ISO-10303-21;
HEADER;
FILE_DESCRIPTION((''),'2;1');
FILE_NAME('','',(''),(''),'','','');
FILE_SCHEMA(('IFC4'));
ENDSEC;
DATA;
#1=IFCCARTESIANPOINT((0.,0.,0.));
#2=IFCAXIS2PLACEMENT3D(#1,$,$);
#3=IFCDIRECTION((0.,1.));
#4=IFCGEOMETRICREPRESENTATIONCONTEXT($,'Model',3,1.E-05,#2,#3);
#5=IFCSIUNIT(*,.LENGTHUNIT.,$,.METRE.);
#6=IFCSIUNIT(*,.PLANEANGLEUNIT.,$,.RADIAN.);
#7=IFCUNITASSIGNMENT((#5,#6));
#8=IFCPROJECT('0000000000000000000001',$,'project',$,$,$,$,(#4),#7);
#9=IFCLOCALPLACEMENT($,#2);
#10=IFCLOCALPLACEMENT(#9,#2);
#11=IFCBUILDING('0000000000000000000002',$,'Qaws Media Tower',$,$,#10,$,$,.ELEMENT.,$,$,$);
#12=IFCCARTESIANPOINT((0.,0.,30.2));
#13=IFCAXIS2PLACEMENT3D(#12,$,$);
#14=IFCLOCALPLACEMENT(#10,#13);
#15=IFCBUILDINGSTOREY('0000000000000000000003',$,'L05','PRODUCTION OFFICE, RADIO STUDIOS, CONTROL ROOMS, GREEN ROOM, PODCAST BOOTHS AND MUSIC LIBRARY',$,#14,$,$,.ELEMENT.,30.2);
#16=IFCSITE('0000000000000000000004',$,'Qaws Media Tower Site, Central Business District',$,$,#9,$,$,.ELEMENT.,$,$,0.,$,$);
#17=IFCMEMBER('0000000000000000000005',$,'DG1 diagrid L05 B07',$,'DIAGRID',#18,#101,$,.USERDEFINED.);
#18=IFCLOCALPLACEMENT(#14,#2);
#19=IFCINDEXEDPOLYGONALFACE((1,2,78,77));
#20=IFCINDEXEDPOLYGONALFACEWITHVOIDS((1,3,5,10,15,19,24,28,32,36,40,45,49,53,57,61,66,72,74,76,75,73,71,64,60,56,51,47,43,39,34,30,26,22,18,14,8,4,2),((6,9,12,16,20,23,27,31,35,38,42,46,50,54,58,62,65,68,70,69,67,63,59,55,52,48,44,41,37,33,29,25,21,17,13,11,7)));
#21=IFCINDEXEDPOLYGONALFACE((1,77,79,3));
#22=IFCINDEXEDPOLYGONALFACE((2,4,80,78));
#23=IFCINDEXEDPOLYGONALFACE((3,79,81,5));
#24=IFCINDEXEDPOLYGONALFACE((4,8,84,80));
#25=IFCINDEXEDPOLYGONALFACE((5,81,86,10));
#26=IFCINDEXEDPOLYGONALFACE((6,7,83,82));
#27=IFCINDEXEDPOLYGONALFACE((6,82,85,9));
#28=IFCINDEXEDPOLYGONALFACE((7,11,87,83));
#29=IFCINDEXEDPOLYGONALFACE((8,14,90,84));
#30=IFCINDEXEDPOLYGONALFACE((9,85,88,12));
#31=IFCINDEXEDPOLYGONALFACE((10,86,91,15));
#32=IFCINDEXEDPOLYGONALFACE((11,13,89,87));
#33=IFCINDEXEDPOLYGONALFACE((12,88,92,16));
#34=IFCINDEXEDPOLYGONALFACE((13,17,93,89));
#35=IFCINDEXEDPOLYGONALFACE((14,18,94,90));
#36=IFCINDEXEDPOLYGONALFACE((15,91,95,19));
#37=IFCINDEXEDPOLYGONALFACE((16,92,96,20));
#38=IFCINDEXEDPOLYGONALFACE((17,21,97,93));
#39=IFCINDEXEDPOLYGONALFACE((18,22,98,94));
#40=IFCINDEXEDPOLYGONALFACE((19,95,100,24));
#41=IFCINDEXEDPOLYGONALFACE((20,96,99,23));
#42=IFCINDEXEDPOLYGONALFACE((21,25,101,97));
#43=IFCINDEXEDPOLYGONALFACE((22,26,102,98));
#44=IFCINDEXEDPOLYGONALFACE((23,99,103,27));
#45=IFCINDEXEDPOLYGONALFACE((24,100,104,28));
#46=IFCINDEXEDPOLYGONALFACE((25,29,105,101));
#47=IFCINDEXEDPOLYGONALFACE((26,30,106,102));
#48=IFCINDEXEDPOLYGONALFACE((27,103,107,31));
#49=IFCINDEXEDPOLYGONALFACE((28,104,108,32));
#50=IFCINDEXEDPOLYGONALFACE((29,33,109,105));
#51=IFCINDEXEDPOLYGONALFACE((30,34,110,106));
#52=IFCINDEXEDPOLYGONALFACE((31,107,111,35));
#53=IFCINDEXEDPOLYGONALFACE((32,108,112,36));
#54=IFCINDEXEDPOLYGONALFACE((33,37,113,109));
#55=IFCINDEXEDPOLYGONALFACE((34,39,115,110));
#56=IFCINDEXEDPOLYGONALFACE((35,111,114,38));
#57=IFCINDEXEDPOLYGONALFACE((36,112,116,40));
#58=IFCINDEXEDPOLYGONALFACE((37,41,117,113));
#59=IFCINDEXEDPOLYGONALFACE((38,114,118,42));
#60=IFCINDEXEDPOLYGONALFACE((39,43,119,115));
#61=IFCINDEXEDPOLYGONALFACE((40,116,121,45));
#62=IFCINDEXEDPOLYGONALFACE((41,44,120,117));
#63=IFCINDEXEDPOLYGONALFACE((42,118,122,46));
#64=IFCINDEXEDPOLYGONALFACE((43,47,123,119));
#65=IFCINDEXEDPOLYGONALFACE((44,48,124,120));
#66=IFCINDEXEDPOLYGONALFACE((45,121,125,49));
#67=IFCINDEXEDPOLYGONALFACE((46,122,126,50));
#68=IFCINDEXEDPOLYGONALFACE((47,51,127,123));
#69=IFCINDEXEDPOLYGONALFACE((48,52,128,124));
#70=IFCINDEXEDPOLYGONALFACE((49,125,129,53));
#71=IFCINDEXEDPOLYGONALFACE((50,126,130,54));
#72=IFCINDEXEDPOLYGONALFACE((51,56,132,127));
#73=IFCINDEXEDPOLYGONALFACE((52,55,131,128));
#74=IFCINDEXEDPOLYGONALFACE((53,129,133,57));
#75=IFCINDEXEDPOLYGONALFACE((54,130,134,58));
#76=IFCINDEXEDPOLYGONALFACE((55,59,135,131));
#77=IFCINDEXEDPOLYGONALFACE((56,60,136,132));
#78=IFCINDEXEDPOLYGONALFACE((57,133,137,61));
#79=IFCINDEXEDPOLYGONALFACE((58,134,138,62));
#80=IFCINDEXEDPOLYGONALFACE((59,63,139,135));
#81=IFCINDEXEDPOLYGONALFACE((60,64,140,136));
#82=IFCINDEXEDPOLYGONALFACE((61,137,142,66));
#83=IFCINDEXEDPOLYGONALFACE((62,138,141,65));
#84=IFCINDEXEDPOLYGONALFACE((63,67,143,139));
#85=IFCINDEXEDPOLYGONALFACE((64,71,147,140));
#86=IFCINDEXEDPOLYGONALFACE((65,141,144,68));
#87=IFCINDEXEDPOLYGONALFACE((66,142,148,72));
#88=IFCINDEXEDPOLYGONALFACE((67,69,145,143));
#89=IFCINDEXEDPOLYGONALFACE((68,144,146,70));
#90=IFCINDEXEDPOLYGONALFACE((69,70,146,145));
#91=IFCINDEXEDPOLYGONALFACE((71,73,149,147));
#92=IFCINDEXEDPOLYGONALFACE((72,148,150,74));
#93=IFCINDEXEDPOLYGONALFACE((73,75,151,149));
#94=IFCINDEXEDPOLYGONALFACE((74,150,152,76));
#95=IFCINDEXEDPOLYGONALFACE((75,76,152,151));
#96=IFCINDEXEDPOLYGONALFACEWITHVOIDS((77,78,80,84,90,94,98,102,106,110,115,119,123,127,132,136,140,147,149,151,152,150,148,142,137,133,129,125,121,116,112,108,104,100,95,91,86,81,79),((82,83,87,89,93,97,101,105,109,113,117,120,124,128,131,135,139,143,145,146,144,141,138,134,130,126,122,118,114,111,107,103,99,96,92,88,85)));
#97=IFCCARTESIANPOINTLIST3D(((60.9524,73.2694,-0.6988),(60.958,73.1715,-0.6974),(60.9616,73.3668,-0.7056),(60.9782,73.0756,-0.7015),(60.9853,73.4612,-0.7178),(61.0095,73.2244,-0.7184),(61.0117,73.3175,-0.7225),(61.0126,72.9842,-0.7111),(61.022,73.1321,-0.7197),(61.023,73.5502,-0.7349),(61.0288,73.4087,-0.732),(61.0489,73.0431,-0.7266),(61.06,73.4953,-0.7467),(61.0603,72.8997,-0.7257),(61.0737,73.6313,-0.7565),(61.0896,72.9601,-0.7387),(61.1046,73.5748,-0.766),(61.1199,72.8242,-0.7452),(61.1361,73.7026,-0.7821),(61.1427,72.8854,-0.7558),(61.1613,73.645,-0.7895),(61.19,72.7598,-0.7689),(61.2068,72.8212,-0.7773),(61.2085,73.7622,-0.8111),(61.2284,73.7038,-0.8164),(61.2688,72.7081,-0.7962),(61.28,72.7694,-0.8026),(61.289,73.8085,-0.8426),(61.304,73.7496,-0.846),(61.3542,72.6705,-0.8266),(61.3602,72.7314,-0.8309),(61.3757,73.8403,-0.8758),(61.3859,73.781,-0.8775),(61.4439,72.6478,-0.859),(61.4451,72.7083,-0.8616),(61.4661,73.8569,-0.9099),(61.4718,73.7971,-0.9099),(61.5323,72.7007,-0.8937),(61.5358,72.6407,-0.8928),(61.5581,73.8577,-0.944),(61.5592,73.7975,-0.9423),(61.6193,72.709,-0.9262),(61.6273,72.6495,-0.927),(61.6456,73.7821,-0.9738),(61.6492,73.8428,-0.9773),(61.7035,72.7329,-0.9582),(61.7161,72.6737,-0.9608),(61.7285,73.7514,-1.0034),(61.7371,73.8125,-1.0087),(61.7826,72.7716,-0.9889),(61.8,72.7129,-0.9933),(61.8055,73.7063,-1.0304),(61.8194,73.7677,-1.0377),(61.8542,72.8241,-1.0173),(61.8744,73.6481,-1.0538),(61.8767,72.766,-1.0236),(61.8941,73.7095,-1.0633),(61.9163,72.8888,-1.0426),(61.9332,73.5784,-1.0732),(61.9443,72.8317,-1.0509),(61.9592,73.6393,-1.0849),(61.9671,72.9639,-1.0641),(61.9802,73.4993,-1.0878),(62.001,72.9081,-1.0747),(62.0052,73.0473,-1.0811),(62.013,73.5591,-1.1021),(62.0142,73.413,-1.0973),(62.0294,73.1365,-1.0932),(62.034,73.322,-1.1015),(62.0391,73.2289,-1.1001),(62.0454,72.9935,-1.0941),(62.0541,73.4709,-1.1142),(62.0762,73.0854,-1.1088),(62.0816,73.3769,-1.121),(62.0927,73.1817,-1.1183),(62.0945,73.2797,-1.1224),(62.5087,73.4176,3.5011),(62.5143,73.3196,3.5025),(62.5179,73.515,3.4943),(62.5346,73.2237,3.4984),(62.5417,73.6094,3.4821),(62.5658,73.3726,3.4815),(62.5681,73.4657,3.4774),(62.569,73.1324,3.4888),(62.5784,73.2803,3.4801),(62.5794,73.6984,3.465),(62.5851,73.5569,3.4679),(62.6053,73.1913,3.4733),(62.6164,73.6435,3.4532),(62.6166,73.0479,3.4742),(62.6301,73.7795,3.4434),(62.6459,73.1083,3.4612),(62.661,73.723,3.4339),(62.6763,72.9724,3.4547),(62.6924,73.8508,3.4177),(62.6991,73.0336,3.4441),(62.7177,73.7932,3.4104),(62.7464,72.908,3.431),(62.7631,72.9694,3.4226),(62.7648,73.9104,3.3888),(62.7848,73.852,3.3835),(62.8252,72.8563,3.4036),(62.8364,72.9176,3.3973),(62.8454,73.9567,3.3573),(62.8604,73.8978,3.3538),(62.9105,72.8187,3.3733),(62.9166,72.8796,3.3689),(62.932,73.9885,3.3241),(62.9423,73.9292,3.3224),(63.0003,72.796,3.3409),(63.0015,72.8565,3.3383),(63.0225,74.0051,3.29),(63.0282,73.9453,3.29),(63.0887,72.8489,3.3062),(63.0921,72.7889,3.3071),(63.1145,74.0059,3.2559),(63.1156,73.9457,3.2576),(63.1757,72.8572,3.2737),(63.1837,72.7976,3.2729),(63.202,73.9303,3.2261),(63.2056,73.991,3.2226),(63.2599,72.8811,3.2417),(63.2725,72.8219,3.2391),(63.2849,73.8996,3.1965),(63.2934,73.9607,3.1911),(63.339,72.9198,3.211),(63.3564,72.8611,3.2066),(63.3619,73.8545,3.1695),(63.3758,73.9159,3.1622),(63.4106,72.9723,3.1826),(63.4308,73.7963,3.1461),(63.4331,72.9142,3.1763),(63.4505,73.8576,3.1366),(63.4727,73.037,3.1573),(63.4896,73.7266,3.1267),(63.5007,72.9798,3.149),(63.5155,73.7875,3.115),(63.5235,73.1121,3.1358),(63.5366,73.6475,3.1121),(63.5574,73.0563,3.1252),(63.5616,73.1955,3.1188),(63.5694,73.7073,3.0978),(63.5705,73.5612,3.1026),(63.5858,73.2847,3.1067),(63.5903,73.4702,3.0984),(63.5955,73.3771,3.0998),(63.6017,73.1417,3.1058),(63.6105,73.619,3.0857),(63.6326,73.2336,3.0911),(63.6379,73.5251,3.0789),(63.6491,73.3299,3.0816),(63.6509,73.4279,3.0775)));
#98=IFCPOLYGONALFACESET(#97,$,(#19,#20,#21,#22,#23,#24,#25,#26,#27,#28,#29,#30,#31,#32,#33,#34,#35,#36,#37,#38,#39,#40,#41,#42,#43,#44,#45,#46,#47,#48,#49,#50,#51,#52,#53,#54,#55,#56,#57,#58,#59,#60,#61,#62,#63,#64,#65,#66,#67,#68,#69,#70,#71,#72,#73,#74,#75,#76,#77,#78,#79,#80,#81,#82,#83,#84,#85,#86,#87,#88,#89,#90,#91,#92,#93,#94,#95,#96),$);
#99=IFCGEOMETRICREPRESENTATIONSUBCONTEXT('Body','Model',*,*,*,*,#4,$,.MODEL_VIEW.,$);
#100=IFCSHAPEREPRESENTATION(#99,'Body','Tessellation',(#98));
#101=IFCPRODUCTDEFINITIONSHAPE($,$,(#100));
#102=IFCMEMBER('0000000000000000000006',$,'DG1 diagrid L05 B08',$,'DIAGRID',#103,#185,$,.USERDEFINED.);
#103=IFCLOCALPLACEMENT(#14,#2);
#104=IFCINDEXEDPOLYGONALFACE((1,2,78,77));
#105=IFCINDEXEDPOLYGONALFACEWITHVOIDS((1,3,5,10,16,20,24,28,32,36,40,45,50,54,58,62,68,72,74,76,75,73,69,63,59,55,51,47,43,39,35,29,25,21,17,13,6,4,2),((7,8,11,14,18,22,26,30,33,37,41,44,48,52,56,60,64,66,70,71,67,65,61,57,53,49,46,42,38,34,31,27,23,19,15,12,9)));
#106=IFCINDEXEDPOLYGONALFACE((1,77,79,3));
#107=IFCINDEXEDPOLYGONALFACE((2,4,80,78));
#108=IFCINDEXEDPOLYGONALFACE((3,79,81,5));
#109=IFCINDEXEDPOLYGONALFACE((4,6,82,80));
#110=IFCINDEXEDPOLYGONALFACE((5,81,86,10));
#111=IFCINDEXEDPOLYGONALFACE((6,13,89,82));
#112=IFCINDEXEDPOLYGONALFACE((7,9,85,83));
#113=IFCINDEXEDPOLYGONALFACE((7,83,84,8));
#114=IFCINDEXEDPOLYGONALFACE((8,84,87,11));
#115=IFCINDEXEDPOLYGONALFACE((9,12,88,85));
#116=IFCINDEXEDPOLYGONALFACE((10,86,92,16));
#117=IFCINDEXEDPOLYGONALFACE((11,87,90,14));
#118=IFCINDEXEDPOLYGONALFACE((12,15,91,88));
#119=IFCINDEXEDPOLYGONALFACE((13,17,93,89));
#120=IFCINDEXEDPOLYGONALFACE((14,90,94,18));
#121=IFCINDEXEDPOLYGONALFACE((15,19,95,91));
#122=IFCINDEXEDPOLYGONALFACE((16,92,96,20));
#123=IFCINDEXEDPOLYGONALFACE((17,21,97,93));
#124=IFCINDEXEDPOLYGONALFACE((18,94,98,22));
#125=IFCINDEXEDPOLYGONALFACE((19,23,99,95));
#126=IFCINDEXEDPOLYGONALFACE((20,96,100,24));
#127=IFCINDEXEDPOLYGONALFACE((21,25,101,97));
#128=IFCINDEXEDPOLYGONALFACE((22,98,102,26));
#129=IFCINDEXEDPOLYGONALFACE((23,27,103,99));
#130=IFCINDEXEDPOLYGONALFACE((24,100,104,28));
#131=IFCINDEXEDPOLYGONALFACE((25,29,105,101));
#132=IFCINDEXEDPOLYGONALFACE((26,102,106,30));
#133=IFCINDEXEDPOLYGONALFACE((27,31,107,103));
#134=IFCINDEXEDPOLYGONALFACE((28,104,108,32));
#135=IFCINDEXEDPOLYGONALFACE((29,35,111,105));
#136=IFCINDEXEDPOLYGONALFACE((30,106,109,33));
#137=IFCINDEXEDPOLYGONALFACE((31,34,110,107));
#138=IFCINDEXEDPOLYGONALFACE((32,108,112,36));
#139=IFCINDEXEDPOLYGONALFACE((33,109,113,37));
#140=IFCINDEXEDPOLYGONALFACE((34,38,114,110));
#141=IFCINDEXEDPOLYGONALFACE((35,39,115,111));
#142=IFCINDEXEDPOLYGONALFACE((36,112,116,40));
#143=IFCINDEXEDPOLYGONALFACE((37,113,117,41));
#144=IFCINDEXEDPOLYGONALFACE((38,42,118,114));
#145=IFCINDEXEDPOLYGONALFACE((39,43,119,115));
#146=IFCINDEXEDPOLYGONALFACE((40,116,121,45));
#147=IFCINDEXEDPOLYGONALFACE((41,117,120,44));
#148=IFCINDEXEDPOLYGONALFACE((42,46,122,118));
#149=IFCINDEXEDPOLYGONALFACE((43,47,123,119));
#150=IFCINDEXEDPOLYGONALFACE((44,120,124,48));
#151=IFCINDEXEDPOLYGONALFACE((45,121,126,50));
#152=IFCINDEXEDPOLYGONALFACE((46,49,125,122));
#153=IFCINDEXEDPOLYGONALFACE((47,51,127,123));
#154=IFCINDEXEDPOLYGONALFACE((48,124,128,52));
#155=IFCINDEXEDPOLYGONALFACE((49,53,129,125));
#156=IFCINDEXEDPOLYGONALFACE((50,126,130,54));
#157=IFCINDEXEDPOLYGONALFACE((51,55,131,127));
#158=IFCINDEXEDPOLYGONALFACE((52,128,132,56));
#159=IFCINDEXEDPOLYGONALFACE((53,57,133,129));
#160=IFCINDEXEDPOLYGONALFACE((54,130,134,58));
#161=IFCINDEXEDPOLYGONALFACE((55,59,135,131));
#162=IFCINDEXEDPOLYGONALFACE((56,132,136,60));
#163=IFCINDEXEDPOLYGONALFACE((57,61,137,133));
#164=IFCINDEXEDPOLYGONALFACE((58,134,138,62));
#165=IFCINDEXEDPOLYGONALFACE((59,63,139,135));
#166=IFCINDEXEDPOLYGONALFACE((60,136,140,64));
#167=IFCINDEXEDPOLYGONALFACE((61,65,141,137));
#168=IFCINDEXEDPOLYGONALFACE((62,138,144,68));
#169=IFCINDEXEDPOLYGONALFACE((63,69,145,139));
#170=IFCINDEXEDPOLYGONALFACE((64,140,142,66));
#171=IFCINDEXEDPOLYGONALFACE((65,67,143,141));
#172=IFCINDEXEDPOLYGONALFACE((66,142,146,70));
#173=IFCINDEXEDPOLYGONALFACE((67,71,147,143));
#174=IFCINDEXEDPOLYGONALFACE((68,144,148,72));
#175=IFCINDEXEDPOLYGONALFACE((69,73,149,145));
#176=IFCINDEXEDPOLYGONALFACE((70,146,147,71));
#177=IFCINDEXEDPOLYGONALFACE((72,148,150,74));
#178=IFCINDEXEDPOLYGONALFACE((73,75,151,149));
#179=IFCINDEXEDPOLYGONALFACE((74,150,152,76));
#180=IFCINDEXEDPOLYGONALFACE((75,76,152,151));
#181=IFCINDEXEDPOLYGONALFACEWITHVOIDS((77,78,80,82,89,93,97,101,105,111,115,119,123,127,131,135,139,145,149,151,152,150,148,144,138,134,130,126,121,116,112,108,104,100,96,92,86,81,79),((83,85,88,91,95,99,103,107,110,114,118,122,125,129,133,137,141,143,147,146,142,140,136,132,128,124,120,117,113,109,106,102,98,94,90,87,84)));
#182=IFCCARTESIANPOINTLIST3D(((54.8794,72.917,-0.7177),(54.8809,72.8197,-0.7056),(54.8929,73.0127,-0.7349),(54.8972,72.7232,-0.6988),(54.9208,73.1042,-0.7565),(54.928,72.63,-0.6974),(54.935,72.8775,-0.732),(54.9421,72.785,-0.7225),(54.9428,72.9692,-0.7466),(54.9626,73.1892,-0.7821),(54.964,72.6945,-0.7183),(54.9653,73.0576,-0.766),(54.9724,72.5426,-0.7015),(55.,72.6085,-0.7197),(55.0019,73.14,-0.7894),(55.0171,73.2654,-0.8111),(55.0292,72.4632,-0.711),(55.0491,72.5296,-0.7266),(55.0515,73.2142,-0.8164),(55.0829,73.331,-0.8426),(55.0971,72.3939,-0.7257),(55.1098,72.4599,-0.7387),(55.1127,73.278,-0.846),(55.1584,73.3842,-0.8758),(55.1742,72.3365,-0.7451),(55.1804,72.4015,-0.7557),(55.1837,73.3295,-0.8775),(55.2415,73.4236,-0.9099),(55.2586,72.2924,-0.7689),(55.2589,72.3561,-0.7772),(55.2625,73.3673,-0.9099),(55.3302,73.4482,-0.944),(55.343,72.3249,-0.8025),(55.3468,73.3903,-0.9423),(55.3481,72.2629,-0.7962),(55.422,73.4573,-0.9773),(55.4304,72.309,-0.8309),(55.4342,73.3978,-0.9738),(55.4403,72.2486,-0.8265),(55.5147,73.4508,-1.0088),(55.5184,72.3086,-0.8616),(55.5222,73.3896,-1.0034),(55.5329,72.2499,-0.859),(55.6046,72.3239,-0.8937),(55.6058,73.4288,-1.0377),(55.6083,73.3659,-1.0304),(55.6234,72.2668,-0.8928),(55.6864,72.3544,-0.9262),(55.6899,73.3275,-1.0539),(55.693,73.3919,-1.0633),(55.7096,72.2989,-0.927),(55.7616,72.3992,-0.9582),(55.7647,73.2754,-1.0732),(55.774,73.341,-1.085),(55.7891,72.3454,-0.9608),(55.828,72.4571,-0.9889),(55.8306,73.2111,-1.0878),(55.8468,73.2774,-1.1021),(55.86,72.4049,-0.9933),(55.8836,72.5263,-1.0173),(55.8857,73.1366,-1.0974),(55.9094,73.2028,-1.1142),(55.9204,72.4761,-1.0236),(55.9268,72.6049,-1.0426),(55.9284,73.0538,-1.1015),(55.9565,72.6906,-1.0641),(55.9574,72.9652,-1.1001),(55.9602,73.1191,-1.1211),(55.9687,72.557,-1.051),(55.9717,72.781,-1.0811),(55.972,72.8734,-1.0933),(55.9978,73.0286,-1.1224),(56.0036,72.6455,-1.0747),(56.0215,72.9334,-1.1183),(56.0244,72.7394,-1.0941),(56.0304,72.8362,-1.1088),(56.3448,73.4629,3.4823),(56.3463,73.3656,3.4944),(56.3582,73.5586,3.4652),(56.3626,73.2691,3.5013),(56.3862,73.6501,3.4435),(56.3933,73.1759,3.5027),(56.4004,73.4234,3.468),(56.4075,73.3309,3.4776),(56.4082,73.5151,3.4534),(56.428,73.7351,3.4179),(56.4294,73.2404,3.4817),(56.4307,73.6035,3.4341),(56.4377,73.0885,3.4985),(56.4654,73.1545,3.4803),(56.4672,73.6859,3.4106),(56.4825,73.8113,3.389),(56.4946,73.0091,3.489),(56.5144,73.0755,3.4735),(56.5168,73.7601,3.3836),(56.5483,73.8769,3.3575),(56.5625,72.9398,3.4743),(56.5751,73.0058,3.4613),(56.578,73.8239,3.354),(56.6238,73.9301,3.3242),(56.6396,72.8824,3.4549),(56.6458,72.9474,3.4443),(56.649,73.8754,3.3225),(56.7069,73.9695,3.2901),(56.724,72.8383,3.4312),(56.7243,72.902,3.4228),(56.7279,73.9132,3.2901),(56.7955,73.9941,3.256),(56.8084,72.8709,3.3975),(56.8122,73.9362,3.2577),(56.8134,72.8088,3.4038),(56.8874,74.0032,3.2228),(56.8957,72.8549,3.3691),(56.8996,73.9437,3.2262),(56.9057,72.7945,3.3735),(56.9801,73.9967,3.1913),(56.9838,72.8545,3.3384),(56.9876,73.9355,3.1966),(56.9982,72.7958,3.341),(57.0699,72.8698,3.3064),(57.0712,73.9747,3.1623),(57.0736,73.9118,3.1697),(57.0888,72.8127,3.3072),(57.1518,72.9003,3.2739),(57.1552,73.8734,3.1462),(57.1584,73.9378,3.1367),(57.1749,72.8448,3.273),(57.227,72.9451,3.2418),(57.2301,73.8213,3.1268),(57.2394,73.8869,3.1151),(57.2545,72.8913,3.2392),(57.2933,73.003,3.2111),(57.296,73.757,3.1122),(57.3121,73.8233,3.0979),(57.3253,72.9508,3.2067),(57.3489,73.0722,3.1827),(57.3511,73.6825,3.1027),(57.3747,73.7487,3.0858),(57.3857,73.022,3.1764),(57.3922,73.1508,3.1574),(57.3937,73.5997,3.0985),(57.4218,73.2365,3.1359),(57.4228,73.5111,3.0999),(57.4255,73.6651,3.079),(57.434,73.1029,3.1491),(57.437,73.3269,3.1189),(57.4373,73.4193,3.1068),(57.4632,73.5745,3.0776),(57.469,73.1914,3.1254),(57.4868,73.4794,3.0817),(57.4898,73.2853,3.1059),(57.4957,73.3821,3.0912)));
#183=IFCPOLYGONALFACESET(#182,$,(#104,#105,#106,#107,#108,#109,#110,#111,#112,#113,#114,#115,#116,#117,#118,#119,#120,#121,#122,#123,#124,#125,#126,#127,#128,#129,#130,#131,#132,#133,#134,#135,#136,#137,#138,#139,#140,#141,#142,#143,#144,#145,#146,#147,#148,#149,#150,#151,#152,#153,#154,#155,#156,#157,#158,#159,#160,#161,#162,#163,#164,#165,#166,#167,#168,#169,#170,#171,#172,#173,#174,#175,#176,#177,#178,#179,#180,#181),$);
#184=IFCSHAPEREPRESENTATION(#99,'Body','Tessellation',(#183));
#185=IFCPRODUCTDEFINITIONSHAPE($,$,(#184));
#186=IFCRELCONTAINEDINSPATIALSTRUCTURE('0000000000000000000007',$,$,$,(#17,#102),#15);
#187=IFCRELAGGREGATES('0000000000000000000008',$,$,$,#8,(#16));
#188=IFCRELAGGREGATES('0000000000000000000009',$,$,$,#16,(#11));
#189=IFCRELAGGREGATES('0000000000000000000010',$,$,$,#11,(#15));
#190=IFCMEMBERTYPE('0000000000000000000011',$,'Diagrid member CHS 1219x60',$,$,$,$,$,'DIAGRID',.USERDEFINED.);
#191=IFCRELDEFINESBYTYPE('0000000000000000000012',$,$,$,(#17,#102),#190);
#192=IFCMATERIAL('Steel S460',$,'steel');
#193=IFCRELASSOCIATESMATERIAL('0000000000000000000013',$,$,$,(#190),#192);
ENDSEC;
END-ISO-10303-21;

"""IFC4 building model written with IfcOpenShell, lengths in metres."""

from ifc_helpers import new_model, si_unit, direction, frame, origin, origin_2d, place, context, subcontext, project, spatial, hollow_circle, extrude, material, material_profile, profile_set, type_object, element, save


model = new_model("IFC4")

# Units and contexts
model_context = context("Model", 3, precision=1e-05, world=origin(), true_north=direction((0.0, 1.0)))
body_context = subcontext(model_context, "Body", "Model", "MODEL_VIEW")
ifc_project = project(units=[si_unit("LENGTHUNIT", "METRE"), si_unit("PLANEANGLEUNIT", "RADIAN")], contexts=[model_context])

# Site, building, storey
site_placement = place(None, origin())
site = spatial("IfcSite", under=ifc_project, at=site_placement, Name="Qaws Media Tower Site, Central Business District", CompositionType="ELEMENT", RefElevation=0.0)
building_placement = place(site_placement, origin())
building = spatial("IfcBuilding", under=site, at=building_placement, Name="Qaws Media Tower", CompositionType="ELEMENT")
storey_placement = place(building_placement, frame((0.0, 0.0, 30.2)))
storey = spatial("IfcBuildingStorey", under=building, at=storey_placement, Name="L05", Description="PRODUCTION OFFICE, RADIO STUDIOS, CONTROL ROOMS, GREEN ROOM, PODCAST BOOTHS AND MUSIC LIBRARY", CompositionType="ELEMENT", Elevation=30.2)

# Members
ifc_material_1 = material(Name="Steel S460", Category="steel")
ifc_material_profile_1 = material_profile(ifc_material_1, hollow_circle(Radius=0.6096, WallThickness=0.0601, at=origin_2d()), Name="CHS 1219x60")
ifc_profile_set_1 = profile_set([ifc_material_profile_1], Name="Steel S460")
member_type_1 = type_object("IfcMemberType", Name="Diagrid member CHS 1219x60", ElementType="DIAGRID", PredefinedType="USERDEFINED", material=ifc_profile_set_1)
for number, where, z_axis, x_axis, name in (
    (1, (61.5239, 73.25, -0.9099), (0.347293, 0.033068, 0.937173), (-0.094787, 0.995498, 0.0), "DG1 diagrid L05 B07"),
):
    element("IfcMember", number, at=place(storey_placement, frame(where, z_axis=z_axis, x_axis=x_axis)), inside=storey, type_object=member_type_1, Name=name, ObjectType="DIAGRID", PredefinedType="USERDEFINED", context=body_context, shape_type="SweptSolid", body=[
        extrude(hollow_circle(Radius=0.6096, WallThickness=0.0601, at=origin_2d()), origin(), (0.0, 0.0, 1.0), 4.4814),
    ])
member_1_placement = place(storey_placement, frame((55.4543, 72.8523, -0.9099), z_axis=(0.326966, 0.121809, 0.937153), x_axis=(-0.349104, 0.937084, 0.0)))
element("IfcMember", 2, at=member_1_placement, inside=storey, type_object=member_type_1, Name="DG1 diagrid L05 B08", ObjectType="DIAGRID", PredefinedType="USERDEFINED", context=body_context, shape_type="SweptSolid", body=[
    extrude(hollow_circle(Radius=0.6096, WallThickness=0.0601, at=origin_2d()), origin(), (0.0, 0.0, 1.0), 4.4817),
])

save(model, "model.ifc")
